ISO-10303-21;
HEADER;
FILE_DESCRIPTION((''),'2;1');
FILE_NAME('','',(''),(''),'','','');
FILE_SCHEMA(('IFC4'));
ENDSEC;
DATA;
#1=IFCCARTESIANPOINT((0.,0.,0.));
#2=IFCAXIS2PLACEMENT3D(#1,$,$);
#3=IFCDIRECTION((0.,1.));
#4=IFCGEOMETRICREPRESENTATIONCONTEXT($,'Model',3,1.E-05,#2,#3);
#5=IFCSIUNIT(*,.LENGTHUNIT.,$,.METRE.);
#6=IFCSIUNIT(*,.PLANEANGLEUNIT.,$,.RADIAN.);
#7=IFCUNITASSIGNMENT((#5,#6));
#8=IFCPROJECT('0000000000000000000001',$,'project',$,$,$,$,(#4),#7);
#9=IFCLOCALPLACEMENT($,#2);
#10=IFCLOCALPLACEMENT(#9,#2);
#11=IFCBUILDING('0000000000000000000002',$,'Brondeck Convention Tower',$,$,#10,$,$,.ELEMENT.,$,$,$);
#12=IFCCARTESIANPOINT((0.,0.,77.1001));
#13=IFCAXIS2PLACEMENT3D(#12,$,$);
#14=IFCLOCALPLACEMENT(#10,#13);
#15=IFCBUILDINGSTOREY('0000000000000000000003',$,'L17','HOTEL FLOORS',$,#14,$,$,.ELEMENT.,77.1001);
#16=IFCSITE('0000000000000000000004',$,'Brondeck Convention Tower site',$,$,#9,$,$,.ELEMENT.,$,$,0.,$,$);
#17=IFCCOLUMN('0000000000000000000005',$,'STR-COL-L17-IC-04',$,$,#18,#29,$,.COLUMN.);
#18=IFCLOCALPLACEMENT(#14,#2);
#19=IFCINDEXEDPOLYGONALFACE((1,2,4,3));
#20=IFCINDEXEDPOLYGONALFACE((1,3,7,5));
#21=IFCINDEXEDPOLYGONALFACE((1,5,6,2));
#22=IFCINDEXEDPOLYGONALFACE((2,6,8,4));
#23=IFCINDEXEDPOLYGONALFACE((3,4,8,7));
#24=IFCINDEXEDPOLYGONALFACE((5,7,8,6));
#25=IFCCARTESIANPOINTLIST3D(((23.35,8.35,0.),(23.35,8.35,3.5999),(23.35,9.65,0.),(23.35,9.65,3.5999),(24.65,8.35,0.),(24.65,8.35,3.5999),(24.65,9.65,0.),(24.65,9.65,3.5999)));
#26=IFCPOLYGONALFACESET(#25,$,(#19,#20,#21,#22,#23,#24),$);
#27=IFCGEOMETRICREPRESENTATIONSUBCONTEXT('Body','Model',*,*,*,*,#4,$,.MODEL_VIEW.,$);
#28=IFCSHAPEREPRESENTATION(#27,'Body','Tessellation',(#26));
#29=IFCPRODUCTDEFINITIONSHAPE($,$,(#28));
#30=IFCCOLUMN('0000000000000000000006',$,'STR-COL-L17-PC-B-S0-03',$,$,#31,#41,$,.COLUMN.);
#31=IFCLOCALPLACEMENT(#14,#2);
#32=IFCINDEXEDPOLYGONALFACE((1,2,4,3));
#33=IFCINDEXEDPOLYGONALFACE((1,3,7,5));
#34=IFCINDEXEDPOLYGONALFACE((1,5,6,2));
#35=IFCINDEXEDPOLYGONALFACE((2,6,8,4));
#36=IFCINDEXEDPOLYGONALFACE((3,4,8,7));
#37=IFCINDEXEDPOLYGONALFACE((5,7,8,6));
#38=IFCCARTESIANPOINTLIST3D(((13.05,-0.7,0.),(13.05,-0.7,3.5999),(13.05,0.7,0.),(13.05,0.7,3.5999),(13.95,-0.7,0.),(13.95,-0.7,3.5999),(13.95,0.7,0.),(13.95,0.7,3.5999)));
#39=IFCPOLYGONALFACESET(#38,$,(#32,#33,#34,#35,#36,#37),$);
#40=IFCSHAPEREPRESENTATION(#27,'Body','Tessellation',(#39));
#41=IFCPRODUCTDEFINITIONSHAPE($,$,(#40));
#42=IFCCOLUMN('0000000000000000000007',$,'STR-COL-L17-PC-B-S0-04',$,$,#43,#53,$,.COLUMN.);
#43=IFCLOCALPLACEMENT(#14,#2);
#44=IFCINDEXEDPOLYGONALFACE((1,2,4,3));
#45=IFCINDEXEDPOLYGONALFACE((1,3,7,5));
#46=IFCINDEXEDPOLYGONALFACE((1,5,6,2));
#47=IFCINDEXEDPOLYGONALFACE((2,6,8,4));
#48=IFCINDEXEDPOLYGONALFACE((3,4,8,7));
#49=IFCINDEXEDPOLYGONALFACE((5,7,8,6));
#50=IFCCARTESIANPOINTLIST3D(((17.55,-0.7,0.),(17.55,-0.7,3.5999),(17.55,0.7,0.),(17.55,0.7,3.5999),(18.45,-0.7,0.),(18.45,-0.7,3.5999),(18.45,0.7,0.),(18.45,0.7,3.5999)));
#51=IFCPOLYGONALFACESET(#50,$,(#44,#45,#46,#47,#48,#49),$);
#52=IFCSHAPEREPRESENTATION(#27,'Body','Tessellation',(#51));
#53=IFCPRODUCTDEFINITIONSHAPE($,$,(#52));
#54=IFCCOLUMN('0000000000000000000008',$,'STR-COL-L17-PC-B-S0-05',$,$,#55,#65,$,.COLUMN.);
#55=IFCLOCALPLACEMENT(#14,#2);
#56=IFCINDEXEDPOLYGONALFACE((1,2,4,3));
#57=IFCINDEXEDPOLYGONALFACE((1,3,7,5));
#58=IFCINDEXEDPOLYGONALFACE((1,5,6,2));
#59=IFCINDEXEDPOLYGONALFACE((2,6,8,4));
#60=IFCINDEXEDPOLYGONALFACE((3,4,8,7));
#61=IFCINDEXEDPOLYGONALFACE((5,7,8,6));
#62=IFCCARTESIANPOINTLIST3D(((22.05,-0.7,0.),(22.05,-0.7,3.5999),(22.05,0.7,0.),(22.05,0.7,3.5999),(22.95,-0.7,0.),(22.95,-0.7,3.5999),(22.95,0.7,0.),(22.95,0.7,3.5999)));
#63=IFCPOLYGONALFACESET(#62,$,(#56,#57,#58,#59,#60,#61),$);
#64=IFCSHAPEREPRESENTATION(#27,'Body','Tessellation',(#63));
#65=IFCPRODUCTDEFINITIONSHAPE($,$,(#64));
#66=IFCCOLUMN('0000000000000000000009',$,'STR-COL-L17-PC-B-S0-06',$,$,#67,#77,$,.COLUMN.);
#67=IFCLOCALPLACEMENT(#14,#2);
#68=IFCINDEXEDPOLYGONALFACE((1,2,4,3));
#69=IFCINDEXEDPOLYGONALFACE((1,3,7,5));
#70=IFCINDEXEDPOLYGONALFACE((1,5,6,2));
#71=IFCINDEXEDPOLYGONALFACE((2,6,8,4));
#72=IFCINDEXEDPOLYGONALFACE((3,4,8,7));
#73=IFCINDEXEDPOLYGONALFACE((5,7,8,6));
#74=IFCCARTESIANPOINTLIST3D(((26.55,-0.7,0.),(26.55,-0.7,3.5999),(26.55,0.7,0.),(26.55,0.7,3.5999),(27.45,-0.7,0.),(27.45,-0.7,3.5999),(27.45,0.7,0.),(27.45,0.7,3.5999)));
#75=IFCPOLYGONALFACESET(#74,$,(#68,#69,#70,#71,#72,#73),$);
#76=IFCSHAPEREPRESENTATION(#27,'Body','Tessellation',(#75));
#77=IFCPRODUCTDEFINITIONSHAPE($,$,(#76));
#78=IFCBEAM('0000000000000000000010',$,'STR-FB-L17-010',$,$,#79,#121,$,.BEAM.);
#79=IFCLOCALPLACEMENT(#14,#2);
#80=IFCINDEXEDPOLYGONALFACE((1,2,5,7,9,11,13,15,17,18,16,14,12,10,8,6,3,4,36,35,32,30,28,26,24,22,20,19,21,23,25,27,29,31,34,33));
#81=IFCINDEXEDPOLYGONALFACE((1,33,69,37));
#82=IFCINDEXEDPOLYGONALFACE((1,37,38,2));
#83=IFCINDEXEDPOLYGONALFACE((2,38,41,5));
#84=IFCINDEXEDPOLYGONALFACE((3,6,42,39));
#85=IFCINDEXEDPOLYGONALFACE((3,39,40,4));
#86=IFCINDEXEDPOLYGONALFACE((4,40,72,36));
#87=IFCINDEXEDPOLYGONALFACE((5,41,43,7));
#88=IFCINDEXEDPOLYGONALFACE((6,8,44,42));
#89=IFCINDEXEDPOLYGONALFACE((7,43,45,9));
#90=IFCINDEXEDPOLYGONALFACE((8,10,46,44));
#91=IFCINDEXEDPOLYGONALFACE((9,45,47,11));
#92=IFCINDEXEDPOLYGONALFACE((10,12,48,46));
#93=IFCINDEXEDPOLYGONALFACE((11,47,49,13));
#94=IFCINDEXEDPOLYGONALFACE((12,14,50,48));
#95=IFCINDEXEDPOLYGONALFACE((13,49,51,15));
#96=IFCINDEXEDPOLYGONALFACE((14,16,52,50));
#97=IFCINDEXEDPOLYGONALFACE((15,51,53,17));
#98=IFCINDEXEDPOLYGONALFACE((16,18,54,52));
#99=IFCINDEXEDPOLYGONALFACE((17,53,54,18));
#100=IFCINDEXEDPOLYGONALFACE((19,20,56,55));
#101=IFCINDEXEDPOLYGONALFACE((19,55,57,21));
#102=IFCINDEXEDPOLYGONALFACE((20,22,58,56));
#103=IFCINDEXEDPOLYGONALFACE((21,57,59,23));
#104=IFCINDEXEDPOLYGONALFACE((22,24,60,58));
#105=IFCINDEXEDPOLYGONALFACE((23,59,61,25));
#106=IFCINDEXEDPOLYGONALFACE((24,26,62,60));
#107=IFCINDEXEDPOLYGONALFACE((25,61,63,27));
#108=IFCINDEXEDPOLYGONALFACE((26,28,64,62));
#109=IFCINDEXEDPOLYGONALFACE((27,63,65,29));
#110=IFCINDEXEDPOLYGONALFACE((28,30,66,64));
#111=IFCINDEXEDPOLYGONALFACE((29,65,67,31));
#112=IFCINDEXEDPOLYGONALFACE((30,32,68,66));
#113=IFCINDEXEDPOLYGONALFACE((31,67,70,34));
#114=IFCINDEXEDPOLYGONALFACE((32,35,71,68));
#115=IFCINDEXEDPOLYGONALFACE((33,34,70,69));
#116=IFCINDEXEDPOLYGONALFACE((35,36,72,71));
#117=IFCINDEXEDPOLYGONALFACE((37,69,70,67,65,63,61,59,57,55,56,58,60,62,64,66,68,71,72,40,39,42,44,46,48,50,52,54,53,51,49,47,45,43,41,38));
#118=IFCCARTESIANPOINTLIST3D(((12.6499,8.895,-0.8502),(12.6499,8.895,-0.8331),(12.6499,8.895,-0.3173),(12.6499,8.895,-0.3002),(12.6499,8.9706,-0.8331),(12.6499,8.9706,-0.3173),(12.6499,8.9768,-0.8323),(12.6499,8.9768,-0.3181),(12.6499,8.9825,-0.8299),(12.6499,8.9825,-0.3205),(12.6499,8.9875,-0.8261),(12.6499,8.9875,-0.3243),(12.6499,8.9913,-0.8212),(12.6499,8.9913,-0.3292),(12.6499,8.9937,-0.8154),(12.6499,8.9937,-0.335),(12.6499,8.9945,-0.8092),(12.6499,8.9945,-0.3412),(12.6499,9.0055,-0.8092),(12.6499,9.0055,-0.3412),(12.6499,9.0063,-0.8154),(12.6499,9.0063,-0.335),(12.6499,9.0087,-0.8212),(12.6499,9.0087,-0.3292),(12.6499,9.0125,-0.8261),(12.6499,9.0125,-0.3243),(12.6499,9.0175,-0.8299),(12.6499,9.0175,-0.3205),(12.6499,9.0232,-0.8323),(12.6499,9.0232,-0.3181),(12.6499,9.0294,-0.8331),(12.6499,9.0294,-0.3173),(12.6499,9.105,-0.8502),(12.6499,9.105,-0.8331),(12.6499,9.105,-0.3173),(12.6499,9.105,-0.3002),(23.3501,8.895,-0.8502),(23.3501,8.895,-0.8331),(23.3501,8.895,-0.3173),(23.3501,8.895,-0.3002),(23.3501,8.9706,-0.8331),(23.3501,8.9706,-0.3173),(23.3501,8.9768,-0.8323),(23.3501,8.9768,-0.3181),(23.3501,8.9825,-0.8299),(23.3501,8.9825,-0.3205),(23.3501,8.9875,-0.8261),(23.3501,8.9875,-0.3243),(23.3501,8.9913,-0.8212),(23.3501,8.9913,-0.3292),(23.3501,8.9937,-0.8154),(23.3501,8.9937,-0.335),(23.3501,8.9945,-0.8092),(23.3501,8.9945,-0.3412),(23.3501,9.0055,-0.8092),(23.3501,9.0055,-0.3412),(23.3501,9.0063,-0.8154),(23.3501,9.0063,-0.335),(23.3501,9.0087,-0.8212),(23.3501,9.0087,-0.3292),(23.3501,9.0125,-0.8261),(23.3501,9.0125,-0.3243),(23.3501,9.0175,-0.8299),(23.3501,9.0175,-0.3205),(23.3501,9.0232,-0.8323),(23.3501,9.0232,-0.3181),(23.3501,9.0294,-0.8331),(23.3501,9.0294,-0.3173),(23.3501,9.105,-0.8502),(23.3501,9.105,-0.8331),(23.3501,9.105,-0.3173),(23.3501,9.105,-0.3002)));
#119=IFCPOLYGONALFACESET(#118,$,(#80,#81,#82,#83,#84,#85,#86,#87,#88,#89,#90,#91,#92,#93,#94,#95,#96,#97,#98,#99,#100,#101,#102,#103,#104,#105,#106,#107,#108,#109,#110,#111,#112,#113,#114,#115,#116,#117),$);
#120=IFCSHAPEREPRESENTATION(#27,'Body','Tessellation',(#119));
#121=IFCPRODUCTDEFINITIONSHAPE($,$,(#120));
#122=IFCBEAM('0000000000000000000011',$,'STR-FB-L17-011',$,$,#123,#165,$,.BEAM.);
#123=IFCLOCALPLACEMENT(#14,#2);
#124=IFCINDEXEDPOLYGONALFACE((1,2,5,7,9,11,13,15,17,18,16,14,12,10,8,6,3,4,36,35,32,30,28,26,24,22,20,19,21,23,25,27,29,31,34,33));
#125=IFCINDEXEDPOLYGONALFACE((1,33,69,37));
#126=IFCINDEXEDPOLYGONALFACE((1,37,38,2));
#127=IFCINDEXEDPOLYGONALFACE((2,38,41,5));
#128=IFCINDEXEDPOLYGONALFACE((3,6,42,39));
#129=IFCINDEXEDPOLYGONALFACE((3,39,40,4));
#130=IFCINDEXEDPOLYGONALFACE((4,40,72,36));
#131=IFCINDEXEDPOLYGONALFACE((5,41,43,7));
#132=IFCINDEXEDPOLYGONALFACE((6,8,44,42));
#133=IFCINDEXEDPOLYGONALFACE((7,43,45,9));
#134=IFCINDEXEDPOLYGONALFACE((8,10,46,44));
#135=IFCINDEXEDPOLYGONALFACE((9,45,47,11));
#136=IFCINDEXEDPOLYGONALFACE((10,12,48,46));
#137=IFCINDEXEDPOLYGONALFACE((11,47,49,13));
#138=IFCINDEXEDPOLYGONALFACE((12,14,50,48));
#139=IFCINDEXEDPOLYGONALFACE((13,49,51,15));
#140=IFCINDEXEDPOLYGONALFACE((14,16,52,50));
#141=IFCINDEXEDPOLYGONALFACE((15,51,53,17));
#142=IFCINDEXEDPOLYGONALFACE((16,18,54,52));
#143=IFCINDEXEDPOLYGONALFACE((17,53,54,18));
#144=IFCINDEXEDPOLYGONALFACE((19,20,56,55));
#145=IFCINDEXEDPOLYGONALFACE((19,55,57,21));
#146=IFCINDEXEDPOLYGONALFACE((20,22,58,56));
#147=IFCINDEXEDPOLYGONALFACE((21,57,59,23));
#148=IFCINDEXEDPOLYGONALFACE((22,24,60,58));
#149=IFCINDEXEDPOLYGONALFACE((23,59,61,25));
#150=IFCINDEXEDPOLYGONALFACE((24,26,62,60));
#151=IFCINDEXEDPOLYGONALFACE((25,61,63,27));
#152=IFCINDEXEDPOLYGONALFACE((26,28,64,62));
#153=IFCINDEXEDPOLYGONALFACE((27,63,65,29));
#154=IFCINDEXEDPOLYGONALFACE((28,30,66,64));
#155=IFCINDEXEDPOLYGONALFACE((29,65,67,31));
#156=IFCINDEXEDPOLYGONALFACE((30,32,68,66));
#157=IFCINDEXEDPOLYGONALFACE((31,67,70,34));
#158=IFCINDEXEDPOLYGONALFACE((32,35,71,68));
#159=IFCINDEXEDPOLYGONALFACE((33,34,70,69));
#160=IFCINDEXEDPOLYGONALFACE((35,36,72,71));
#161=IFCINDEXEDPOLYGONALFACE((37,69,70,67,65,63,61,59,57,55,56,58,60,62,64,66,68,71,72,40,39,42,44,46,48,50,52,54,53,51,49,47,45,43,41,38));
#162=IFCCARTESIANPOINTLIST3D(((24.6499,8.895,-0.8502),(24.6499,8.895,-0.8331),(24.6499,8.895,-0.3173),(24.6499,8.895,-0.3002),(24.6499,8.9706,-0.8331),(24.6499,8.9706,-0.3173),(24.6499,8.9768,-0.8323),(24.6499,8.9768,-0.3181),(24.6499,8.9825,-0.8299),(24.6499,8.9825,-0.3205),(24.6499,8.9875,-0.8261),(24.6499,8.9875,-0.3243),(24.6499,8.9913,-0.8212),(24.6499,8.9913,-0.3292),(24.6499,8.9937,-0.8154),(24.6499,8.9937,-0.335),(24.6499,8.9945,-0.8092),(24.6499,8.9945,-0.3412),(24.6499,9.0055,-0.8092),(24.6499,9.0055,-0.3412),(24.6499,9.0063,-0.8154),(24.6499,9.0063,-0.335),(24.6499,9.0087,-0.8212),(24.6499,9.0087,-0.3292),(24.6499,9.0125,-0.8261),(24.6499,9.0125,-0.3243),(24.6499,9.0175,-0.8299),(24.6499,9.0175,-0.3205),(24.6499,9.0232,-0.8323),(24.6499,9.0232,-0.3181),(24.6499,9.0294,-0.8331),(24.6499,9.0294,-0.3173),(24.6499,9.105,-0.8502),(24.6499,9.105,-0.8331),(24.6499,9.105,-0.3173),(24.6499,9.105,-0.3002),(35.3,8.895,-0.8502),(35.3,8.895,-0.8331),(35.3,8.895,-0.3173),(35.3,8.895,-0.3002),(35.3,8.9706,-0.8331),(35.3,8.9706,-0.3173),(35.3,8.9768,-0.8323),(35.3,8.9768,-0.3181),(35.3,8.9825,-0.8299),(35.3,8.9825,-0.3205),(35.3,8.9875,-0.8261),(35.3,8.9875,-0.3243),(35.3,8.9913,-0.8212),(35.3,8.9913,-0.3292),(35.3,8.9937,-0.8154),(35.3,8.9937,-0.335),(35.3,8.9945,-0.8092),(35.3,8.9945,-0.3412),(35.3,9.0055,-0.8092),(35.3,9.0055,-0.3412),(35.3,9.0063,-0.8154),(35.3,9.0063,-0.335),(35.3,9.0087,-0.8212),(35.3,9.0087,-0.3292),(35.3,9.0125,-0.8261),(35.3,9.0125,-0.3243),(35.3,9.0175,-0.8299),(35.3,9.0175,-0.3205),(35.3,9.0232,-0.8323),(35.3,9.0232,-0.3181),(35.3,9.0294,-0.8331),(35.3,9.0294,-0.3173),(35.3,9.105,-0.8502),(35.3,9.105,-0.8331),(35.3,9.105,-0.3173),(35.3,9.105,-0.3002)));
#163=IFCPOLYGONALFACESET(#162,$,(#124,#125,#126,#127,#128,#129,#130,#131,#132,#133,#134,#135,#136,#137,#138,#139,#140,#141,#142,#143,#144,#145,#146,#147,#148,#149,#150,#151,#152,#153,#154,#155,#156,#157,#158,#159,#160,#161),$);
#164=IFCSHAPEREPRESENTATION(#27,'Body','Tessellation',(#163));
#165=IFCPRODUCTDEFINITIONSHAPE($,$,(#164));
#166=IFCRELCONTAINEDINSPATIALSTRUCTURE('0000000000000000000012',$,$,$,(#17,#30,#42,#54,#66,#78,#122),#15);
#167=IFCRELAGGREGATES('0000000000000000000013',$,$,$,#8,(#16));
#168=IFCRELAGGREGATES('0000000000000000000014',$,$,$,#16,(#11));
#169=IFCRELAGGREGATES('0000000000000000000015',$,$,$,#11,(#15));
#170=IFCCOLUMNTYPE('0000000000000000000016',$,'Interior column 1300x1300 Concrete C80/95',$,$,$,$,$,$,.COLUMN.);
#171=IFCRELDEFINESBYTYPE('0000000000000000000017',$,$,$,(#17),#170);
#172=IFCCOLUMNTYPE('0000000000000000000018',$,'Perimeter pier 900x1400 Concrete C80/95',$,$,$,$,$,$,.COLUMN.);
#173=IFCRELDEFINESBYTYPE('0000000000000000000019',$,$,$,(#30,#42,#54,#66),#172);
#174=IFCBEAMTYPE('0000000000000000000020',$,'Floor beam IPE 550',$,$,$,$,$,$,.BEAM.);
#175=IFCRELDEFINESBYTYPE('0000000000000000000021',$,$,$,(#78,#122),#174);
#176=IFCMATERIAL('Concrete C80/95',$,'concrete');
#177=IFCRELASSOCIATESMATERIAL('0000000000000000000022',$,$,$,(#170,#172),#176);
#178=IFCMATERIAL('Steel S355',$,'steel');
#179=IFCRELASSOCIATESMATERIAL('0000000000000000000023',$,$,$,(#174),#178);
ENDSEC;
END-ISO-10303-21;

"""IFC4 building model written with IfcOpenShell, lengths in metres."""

from ifc_helpers import new_model, si_unit, direction, frame, origin, origin_2d, place, context, subcontext, project, spatial, rectangle, i_section, extrude, material, material_profile, profile_set, type_object, element, save


model = new_model("IFC4")

# Units and contexts
model_context = context("Model", 3, precision=1e-05, world=origin(), true_north=direction((0.0, 1.0)))
body_context = subcontext(model_context, "Body", "Model", "MODEL_VIEW")
ifc_project = project(units=[si_unit("LENGTHUNIT", "METRE"), si_unit("PLANEANGLEUNIT", "RADIAN")], contexts=[model_context])

# Site, building, storey
site_placement = place(None, origin())
site = spatial("IfcSite", under=ifc_project, at=site_placement, Name="Brondeck Convention Tower site", CompositionType="ELEMENT", RefElevation=0.0)
building_placement = place(site_placement, origin())
building = spatial("IfcBuilding", under=site, at=building_placement, Name="Brondeck Convention Tower", CompositionType="ELEMENT")
storey_placement = place(building_placement, frame((0.0, 0.0, 77.1001)))
storey = spatial("IfcBuildingStorey", under=building, at=storey_placement, Name="L17", Description="HOTEL FLOORS", CompositionType="ELEMENT", Elevation=77.1001)

# Columns
ifc_material_1 = material(Name="Concrete C80/95", Category="concrete")
ifc_material_profile_1 = material_profile(ifc_material_1, rectangle(XDim=1.3, YDim=1.3, at=origin_2d()), Name="Interior column 1300x1300 Concrete C80/95")
ifc_profile_set_1 = profile_set([ifc_material_profile_1], Name="Concrete C80/95")
column_type_1 = type_object("IfcColumnType", Name="Interior column 1300x1300 Concrete C80/95", PredefinedType="COLUMN", material=ifc_profile_set_1)
column_placement = place(storey_placement, frame((24.0, 9.0, 0.0), z_axis=(0.0, 0.0, 1.0), x_axis=(1.0, 0.0, 0.0)))
element("IfcColumn", 1, at=column_placement, inside=storey, type_object=column_type_1, Name="STR-COL-L17-IC-04", PredefinedType="COLUMN", context=body_context, shape_type="SweptSolid", body=[
    extrude(rectangle(XDim=1.3, YDim=1.3, at=origin_2d()), origin(), (0.0, 0.0, 1.0), 3.5999),
])
ifc_material_profile_2 = material_profile(ifc_material_1, rectangle(XDim=0.8999, YDim=1.3999, at=origin_2d()), Name="Perimeter pier 900x1400 Concrete C80/95")
ifc_profile_set_2 = profile_set([ifc_material_profile_2], Name="Concrete C80/95")
column_type_2 = type_object("IfcColumnType", Name="Perimeter pier 900x1400 Concrete C80/95", PredefinedType="COLUMN", material=ifc_profile_set_2)
for number, where, z_axis, x_axis, name in (
    (2, (13.5, 0.0, 0.0), (0.0, 0.0, 1.0), (1.0, 0.0, 0.0), "STR-COL-L17-PC-B-S0-03"),
    (3, (18.0, 0.0, 0.0), (0.0, 0.0, 1.0), (1.0, 0.0, 0.0), "STR-COL-L17-PC-B-S0-04"),
    (4, (22.5, 0.0, 0.0), (0.0, 0.0, 1.0), (1.0, 0.0, 0.0), "STR-COL-L17-PC-B-S0-05"),
    (5, (27.0, 0.0, 0.0), (0.0, 0.0, 1.0), (1.0, 0.0, 0.0), "STR-COL-L17-PC-B-S0-06"),
):
    element("IfcColumn", number, at=place(storey_placement, frame(where, z_axis=z_axis, x_axis=x_axis)), inside=storey, type_object=column_type_2, Name=name, PredefinedType="COLUMN", context=body_context, shape_type="SweptSolid", body=[
        extrude(rectangle(XDim=0.8999, YDim=1.3999, at=origin_2d()), origin(), (0.0, 0.0, 1.0), 3.5999),
    ])

# Beams
ifc_material_2 = material(Name="Steel S355", Category="steel")
ifc_material_profile_3 = material_profile(ifc_material_2, i_section(OverallWidth=0.21, OverallDepth=0.55, WebThickness=0.011, FlangeThickness=0.0171, FilletRadius=0.0239, at=origin_2d()), Name="IPE 550")
ifc_profile_set_3 = profile_set([ifc_material_profile_3], Name="Steel S355")
beam_type_1 = type_object("IfcBeamType", Name="Floor beam IPE 550", PredefinedType="BEAM", material=ifc_profile_set_3)
beam_1_placement = place(storey_placement, frame((12.6499, 9.0, -0.5752), z_axis=(1.0, 0.0, 0.0), x_axis=(0.0, 1.0, 0.0)))
element("IfcBeam", 6, at=beam_1_placement, inside=storey, type_object=beam_type_1, Name="STR-FB-L17-010", PredefinedType="BEAM", context=body_context, shape_type="SweptSolid", body=[
    extrude(i_section(OverallWidth=0.21, OverallDepth=0.55, WebThickness=0.011, FlangeThickness=0.0171, FilletRadius=0.0239, at=origin_2d()), origin(), (0.0, 0.0, 1.0), 10.7002),
])
beam_2_placement = place(storey_placement, frame((24.6499, 9.0, -0.5752), z_axis=(1.0, 0.0, 0.0), x_axis=(0.0, 1.0, 0.0)))
element("IfcBeam", 7, at=beam_2_placement, inside=storey, type_object=beam_type_1, Name="STR-FB-L17-011", PredefinedType="BEAM", context=body_context, shape_type="SweptSolid", body=[
    extrude(i_section(OverallWidth=0.21, OverallDepth=0.55, WebThickness=0.011, FlangeThickness=0.0171, FilletRadius=0.0239, at=origin_2d()), origin(), (0.0, 0.0, 1.0), 10.6501),
])

save(model, "model.ifc")
